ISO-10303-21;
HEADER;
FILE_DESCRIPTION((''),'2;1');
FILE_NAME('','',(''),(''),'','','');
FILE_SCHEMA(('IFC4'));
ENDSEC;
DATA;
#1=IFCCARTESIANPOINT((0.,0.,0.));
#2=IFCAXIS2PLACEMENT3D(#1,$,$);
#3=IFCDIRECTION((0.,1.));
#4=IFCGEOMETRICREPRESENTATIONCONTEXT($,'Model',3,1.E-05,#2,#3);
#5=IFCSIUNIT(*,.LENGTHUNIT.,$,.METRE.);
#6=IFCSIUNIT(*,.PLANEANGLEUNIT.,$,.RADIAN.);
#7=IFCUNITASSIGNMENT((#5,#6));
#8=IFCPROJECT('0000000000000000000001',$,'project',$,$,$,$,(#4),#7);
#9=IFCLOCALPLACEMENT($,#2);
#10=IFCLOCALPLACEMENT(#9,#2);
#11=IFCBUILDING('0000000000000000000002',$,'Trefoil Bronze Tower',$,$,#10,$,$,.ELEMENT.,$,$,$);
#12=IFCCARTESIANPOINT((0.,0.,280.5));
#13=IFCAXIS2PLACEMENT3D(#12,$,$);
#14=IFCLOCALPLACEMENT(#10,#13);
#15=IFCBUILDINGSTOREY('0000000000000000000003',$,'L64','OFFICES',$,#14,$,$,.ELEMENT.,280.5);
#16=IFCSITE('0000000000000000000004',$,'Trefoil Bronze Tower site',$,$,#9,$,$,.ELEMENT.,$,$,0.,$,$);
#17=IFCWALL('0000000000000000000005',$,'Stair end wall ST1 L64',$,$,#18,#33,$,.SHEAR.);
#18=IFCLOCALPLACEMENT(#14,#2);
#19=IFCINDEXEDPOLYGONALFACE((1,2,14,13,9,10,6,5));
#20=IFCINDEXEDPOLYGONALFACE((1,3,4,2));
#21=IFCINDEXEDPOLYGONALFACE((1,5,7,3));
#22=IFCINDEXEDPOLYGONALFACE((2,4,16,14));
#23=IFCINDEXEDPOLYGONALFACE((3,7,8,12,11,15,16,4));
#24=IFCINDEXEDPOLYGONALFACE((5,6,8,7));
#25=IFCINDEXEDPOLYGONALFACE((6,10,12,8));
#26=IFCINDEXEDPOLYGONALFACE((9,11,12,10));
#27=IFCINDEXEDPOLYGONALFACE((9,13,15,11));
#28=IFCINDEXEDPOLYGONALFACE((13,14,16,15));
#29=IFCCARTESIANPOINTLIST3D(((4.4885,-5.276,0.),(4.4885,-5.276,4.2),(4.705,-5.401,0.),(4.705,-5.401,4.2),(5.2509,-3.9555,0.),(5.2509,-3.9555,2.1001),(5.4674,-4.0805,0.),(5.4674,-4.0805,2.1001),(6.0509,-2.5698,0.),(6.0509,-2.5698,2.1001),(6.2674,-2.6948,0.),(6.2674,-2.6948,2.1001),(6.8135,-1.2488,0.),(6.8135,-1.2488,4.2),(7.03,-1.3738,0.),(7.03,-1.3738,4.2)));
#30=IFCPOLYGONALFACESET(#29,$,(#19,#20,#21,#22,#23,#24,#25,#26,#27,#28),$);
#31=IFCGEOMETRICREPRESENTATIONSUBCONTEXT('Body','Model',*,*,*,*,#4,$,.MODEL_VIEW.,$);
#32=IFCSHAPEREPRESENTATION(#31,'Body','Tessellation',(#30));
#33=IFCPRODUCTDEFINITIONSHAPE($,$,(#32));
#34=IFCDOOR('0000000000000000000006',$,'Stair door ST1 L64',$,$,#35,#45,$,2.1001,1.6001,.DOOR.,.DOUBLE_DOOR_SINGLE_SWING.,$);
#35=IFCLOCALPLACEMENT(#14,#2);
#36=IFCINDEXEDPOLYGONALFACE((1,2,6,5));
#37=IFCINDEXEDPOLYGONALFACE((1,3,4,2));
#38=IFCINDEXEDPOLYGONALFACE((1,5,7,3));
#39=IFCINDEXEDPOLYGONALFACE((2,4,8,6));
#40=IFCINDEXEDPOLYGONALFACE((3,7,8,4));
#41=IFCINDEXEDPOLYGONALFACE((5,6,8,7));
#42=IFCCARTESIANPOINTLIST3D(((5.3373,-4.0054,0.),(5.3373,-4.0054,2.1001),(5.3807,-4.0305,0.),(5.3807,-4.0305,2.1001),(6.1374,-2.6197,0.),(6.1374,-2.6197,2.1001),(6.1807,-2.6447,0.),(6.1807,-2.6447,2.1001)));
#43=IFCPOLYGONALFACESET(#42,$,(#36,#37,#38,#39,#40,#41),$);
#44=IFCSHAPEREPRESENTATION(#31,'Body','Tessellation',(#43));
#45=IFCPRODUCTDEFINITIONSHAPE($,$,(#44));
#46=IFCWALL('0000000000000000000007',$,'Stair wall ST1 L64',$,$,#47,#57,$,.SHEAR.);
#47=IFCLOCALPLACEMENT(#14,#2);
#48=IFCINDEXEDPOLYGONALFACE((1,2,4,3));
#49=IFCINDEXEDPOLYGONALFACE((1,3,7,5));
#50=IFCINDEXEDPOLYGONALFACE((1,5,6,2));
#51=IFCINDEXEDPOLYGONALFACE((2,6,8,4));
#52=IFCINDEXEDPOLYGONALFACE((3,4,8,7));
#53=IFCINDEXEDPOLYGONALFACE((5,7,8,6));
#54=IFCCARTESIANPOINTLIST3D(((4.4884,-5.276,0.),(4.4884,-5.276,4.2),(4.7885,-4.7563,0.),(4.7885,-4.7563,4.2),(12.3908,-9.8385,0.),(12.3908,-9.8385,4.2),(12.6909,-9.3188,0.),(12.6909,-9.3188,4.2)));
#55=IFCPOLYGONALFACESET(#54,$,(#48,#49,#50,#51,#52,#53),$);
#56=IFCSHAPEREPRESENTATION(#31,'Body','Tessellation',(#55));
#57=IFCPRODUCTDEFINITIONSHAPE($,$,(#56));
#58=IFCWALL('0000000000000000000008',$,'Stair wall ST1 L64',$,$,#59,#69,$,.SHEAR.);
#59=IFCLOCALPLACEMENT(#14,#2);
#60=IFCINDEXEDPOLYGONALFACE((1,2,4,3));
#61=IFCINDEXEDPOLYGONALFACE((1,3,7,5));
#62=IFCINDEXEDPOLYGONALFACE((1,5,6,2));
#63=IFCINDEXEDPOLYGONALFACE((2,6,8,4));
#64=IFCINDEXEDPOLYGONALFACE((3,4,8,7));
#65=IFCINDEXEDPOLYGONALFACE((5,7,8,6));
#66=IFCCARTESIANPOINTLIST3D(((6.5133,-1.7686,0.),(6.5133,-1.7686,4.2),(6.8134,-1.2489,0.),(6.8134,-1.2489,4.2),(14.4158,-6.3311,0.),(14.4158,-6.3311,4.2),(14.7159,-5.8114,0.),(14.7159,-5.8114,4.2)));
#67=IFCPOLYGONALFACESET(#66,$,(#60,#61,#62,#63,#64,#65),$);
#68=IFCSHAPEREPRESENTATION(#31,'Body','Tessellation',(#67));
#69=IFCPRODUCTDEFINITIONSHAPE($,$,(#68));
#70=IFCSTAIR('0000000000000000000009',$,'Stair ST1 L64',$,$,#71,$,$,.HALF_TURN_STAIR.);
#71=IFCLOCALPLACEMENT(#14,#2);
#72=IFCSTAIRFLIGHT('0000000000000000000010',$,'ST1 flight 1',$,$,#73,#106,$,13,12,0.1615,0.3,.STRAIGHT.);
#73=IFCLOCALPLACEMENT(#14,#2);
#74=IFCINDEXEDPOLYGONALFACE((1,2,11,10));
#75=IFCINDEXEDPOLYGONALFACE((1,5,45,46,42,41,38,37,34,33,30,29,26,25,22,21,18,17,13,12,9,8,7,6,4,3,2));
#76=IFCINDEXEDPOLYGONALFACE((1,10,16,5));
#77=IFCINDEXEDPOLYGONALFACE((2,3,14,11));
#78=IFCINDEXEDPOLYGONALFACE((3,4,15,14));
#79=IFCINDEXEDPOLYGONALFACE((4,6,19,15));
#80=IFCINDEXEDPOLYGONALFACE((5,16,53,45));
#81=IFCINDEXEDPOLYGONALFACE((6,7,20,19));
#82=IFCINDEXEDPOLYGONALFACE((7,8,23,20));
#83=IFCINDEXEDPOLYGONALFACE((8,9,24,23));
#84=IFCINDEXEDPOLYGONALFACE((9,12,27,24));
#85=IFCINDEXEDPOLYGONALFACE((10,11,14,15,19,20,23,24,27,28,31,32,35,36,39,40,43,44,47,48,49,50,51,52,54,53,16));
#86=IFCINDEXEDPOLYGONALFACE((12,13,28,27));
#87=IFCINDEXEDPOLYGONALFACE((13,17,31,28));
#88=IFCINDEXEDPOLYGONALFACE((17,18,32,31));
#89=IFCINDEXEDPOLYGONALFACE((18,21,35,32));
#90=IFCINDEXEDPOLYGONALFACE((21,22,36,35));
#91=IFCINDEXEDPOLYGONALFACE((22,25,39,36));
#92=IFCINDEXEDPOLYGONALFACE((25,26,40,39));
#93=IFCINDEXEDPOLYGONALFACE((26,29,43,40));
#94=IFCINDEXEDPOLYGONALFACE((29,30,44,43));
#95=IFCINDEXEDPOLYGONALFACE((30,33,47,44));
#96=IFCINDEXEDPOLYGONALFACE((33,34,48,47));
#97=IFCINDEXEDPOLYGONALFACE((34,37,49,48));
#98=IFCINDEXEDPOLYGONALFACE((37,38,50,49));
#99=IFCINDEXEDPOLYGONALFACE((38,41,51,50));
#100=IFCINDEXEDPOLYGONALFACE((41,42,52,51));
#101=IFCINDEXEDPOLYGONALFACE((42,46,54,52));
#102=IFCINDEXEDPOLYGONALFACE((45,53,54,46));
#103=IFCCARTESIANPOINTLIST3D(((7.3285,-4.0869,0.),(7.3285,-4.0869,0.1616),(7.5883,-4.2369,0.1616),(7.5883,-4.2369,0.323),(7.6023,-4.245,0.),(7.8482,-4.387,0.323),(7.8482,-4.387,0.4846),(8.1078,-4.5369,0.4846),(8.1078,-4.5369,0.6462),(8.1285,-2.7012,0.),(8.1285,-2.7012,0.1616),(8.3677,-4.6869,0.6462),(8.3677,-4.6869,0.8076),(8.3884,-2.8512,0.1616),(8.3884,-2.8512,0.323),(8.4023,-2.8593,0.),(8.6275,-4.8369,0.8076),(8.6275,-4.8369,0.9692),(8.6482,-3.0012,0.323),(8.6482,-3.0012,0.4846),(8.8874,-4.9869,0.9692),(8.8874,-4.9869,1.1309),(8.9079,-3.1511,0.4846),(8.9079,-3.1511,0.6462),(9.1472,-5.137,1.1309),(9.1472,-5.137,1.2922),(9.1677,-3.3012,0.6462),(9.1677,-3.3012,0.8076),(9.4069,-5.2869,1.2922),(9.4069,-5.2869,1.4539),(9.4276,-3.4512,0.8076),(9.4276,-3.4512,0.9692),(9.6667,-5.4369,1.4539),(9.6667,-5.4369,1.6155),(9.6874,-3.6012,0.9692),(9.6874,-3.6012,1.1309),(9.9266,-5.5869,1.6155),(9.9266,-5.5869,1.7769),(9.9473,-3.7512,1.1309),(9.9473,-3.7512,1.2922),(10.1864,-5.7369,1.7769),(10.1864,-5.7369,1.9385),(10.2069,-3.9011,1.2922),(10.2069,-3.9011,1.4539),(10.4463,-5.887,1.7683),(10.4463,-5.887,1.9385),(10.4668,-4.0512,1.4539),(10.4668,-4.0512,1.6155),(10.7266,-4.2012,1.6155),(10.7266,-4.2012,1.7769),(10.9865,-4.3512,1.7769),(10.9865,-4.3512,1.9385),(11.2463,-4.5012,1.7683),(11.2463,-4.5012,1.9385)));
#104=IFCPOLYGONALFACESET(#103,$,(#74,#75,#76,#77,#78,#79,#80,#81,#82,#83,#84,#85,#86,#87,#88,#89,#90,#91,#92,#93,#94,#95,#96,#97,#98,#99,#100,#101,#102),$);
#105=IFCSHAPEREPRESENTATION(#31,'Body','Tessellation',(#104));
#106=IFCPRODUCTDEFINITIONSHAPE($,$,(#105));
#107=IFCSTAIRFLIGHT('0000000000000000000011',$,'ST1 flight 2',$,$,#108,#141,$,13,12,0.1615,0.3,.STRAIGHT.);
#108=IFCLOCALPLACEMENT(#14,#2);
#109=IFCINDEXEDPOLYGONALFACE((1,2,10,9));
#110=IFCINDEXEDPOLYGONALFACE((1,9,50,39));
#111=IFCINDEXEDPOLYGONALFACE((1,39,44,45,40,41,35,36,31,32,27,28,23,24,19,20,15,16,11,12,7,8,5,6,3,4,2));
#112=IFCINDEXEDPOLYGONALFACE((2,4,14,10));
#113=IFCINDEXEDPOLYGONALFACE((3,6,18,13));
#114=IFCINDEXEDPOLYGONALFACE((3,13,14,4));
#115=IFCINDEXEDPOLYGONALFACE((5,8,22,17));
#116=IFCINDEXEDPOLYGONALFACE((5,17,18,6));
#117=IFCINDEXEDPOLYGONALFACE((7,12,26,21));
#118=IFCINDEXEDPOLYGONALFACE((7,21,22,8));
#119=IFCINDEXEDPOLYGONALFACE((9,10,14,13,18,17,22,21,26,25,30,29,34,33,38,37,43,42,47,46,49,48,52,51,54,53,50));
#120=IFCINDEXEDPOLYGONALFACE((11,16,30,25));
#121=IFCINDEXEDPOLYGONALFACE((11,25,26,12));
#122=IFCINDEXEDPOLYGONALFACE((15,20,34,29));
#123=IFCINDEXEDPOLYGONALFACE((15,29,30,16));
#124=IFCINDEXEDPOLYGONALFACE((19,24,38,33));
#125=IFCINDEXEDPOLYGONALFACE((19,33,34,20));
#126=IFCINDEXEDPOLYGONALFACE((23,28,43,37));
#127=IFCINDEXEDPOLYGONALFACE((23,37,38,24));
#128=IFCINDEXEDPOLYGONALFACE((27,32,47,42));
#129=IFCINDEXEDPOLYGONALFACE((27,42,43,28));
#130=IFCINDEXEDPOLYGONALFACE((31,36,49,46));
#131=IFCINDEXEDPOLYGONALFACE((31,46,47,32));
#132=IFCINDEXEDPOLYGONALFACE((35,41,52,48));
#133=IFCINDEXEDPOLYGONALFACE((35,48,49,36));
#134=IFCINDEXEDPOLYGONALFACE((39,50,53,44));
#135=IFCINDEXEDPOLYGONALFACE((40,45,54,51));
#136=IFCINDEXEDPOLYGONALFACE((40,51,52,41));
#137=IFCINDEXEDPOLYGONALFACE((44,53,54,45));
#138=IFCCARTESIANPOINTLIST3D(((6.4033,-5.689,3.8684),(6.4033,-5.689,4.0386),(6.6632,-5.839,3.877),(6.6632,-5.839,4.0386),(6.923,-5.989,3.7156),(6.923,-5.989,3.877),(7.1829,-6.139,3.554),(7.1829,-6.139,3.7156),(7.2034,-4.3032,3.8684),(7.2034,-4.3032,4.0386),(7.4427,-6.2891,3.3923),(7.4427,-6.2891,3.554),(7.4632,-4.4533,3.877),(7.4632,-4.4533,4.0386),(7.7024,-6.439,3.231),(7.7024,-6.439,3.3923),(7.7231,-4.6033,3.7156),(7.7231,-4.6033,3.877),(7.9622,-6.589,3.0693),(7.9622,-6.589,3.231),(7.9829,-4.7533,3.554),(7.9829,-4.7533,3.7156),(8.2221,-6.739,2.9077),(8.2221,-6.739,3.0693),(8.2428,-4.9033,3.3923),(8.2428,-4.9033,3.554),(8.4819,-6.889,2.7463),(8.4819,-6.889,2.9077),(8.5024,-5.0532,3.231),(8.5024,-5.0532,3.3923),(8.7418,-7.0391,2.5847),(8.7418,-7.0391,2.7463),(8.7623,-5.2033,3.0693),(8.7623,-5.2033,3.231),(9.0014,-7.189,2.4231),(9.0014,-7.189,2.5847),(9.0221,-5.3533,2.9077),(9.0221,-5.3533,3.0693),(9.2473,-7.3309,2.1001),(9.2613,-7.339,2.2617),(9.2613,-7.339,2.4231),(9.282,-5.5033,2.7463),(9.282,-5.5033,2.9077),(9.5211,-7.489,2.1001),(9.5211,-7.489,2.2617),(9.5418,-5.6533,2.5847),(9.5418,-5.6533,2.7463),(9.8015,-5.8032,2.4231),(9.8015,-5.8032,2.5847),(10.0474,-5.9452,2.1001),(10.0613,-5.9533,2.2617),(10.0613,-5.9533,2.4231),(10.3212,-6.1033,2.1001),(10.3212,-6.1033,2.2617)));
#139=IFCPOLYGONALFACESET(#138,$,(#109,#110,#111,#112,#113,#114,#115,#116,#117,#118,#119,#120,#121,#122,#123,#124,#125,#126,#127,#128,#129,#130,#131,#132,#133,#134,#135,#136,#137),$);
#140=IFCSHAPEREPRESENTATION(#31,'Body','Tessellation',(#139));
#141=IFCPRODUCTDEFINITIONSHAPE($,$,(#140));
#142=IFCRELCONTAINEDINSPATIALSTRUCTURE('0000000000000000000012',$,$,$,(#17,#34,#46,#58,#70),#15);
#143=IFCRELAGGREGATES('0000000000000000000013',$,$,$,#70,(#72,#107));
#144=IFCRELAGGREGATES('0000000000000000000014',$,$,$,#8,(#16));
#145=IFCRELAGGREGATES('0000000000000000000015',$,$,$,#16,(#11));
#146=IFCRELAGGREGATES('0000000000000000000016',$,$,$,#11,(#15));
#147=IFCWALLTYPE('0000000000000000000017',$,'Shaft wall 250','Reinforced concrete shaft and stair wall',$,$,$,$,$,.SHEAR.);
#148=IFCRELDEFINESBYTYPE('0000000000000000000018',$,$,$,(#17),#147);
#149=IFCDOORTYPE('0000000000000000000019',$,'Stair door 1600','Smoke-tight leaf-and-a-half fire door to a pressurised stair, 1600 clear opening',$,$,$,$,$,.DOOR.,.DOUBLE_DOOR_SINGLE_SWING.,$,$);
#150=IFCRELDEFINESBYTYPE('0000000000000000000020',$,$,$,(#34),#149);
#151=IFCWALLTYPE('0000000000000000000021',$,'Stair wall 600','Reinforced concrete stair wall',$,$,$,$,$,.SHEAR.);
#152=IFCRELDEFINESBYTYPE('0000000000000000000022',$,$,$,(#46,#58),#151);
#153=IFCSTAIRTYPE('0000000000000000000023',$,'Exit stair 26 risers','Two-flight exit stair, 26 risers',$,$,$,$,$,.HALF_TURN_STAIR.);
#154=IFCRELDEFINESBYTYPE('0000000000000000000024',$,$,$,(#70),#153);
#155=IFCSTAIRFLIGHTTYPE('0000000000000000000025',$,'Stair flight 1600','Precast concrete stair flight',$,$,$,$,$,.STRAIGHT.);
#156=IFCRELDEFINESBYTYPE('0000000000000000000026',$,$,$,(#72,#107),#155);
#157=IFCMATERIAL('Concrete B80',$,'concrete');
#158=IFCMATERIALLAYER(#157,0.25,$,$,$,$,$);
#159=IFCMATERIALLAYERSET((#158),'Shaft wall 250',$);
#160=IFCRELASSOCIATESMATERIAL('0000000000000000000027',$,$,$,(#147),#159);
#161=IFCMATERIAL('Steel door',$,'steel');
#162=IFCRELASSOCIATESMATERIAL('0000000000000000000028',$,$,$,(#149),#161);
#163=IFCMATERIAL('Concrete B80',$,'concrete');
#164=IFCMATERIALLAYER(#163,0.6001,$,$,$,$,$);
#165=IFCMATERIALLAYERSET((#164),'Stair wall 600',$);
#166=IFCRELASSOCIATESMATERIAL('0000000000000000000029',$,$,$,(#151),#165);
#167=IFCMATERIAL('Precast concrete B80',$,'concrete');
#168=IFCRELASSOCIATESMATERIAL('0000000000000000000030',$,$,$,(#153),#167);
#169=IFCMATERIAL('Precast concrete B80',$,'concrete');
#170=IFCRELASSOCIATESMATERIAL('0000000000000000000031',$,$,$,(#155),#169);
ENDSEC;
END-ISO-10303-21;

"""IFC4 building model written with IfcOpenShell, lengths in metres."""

from ifc_helpers import new_model, si_unit, direction, frame, frame_2d, origin, place, context, subcontext, project, spatial, polyline, rectangle, outline, extrude, material, layer, layer_set, type_object, element, fill, aggregate, save


model = new_model("IFC4")

# Units and contexts
model_context = context("Model", 3, precision=1e-05, world=origin(), true_north=direction((0.0, 1.0)))
body_context = subcontext(model_context, "Body", "Model", "MODEL_VIEW")
ifc_project = project(units=[si_unit("LENGTHUNIT", "METRE"), si_unit("PLANEANGLEUNIT", "RADIAN")], contexts=[model_context])

# Site, building, storey
site_placement = place(None, origin())
site = spatial("IfcSite", under=ifc_project, at=site_placement, Name="Trefoil Bronze Tower site", CompositionType="ELEMENT", RefElevation=0.0)
building_placement = place(site_placement, origin())
building = spatial("IfcBuilding", under=site, at=building_placement, Name="Trefoil Bronze Tower", CompositionType="ELEMENT")
storey_placement = place(building_placement, frame((0.0, 0.0, 280.5)))
storey = spatial("IfcBuildingStorey", under=building, at=storey_placement, Name="L64", Description="OFFICES", CompositionType="ELEMENT", Elevation=280.5)

# Wall, opening, door
ifc_material_1 = material(Name="Concrete B80", Category="concrete")
ifc_layer_1 = layer(ifc_material_1, 0.25)
ifc_layer_set_1 = layer_set([ifc_layer_1], Name="Shaft wall 250")
wall_type_1 = type_object("IfcWallType", Name="Shaft wall 250", Description="Reinforced concrete shaft and stair wall", PredefinedType="SHEAR", material=ifc_layer_set_1)
wall_1_placement = place(storey_placement, frame((4.5967, -5.3386, 0.0), z_axis=(0.0, 0.0, 1.0), x_axis=(0.499985, 0.866034, 0.0)))
wall_1 = element("IfcWall", 1, at=wall_1_placement, inside=storey, type_object=wall_type_1, Name="Stair end wall ST1 L64", PredefinedType="SHEAR", context=body_context, shape_type="SweptSolid", body=[
    extrude(rectangle(XDim=4.6501, YDim=0.25, at=frame_2d((2.3252, 0.0))), origin(), (0.0, 0.0, 1.0), 4.2),
])
opening_1_placement = place(wall_1_placement, frame((1.5249, 0.0, 0.0)))
opening_1 = element("IfcOpeningElement", 2, at=opening_1_placement, cuts=wall_1, PredefinedType="OPENING", context=body_context, shape_type="SweptSolid", body=[
    extrude(rectangle(XDim=1.6001, YDim=2.1001, at=frame_2d((0.8, 1.05))), frame((0.0, 0.135, 0.0), z_axis=(0.0, -1.0, 0.0), x_axis=(1.0, 0.0, 0.0)), (0.0, 0.0, 1.0), 0.27),
])
ifc_material_2 = material(Name="Steel door", Category="steel")
door_type_1 = type_object("IfcDoorType", Name="Stair door 1600", Description="Smoke-tight leaf-and-a-half fire door to a pressurised stair, 1600 clear opening", OperationType="DOUBLE_DOOR_SINGLE_SWING", PredefinedType="DOOR", material=ifc_material_2)
door_1_placement = place(opening_1_placement, frame((1.6001, 0.0, 0.0), z_axis=(0.0, 0.0, 1.0), x_axis=(-1.0, 0.0, 0.0)))
door_1 = element("IfcDoor", 3, at=door_1_placement, inside=storey, type_object=door_type_1, Name="Stair door ST1 L64", OperationType="DOUBLE_DOOR_SINGLE_SWING", OverallHeight=2.1001, OverallWidth=1.6001, PredefinedType="DOOR", context=body_context, shape_type="SweptSolid", body=[
    extrude(rectangle(XDim=1.6001, YDim=2.1001, at=frame_2d((0.8, 1.05))), frame((0.0, 0.0249, 0.0), z_axis=(0.0, -1.0, 0.0), x_axis=(1.0, 0.0, 0.0)), (0.0, 0.0, 1.0), 0.05),
])
fill(opening_1, door_1)

# Walls
ifc_material_3 = material(Name="Concrete B80", Category="concrete")
ifc_layer_2 = layer(ifc_material_3, 0.6001)
ifc_layer_set_2 = layer_set([ifc_layer_2], Name="Stair wall 600")
wall_type_2 = type_object("IfcWallType", Name="Stair wall 600", Description="Reinforced concrete stair wall", PredefinedType="SHEAR", material=ifc_layer_set_2)
for number, where, z_axis, x_axis, name in (
    (4, (4.6384, -5.0161, 0.0), (0.0, 0.0, 1.0), (0.866022, -0.500007, 0.0), "Stair wall ST1 L64"),
    (5, (6.6633, -1.5088, 0.0), (0.0, 0.0, 1.0), (0.866028, -0.499995, 0.0), "Stair wall ST1 L64"),
):
    element("IfcWall", number, at=place(storey_placement, frame(where, z_axis=z_axis, x_axis=x_axis)), inside=storey, type_object=wall_type_2, Name=name, PredefinedType="SHEAR", context=body_context, shape_type="SweptSolid", body=[
        extrude(rectangle(XDim=9.125, YDim=0.6001, at=frame_2d((4.5625, 0.0))), origin(), (0.0, 0.0, 1.0), 4.2),
    ])

# Stair, stair flights
ifc_material_4 = material(Name="Precast concrete B80", Category="concrete")
stair_type = type_object("IfcStairType", Name="Exit stair 26 risers", Description="Two-flight exit stair, 26 risers", PredefinedType="HALF_TURN_STAIR", material=ifc_material_4)
stair_placement = place(storey_placement, origin())
stair = element("IfcStair", 6, at=stair_placement, inside=storey, type_object=stair_type, Name="Stair ST1 L64", PredefinedType="HALF_TURN_STAIR")
ifc_material_5 = material(Name="Precast concrete B80", Category="concrete")
stair_flight_type = type_object("IfcStairFlightType", Name="Stair flight 1600", Description="Precast concrete stair flight", PredefinedType="STRAIGHT", material=ifc_material_5)
stair_flight_1_placement = place(storey_placement, frame((7.7285, -3.394, 0.0), z_axis=(0.0, 0.0, 1.0), x_axis=(0.866025, -0.5, 0.0)))
stair_flight_1 = element("IfcStairFlight", 7, at=stair_flight_1_placement, type_object=stair_flight_type, Name="ST1 flight 1", NumberOfRisers=13, NumberOfTreads=12, PredefinedType="STRAIGHT", RiserHeight=0.1615, TreadLength=0.3, context=body_context, shape_type="SweptSolid", body=[
    extrude(outline(polyline([(0.0, 0.0), (0.0, 0.1616), (0.3, 0.1616), (0.3, 0.323), (0.6001, 0.323), (0.6001, 0.4846), (0.8999, 0.4846), (0.8999, 0.6462), (1.2, 0.6462), (1.2, 0.8076), (1.5, 0.8076), (1.5, 0.9692), (1.8, 0.9692), (1.8, 1.1309), (2.1001, 1.1309), (2.1001, 1.2922), (2.3999, 1.2922), (2.3999, 1.4539), (2.7, 1.4539), (2.7, 1.6155), (3.0, 1.6155), (3.0, 1.7769), (3.3, 1.7769), (3.3, 1.9385), (3.6001, 1.9385), (3.6001, 2.1001), (3.6001, 1.7683), (0.3162, 0.0), (0.0, 0.0)])), frame((0.0, 0.8, 0.0), z_axis=(0.0, -1.0, 0.0), x_axis=(1.0, 0.0, 0.0)), (0.0, 0.0, 1.0), 1.6001),
])
stair_flight_2_placement = place(storey_placement, frame((9.9211, -6.7961, 2.1001), z_axis=(0.0, 0.0, 1.0), x_axis=(-0.866025, 0.5, 0.0)))
stair_flight_2 = element("IfcStairFlight", 8, at=stair_flight_2_placement, type_object=stair_flight_type, Name="ST1 flight 2", NumberOfRisers=13, NumberOfTreads=12, PredefinedType="STRAIGHT", RiserHeight=0.1615, TreadLength=0.3, context=body_context, shape_type="SweptSolid", body=[
    extrude(outline(polyline([(0.0, 0.0), (0.0, 0.1616), (0.3, 0.1616), (0.3, 0.323), (0.6001, 0.323), (0.6001, 0.4846), (0.8999, 0.4846), (0.8999, 0.6462), (1.2, 0.6462), (1.2, 0.8076), (1.5, 0.8076), (1.5, 0.9692), (1.8, 0.9692), (1.8, 1.1309), (2.1001, 1.1309), (2.1001, 1.2922), (2.3999, 1.2922), (2.3999, 1.4539), (2.7, 1.4539), (2.7, 1.6155), (3.0, 1.6155), (3.0, 1.7769), (3.3, 1.7769), (3.3, 1.9385), (3.6001, 1.9385), (3.6001, 2.1001), (3.6001, 1.7683), (0.3162, 0.0), (0.0, 0.0)])), frame((0.0, 0.8, 0.0), z_axis=(0.0, -1.0, 0.0), x_axis=(1.0, 0.0, 0.0)), (0.0, 0.0, 1.0), 1.6001),
])
aggregate(stair, [stair_flight_1, stair_flight_2])

save(model, "model.ifc")
